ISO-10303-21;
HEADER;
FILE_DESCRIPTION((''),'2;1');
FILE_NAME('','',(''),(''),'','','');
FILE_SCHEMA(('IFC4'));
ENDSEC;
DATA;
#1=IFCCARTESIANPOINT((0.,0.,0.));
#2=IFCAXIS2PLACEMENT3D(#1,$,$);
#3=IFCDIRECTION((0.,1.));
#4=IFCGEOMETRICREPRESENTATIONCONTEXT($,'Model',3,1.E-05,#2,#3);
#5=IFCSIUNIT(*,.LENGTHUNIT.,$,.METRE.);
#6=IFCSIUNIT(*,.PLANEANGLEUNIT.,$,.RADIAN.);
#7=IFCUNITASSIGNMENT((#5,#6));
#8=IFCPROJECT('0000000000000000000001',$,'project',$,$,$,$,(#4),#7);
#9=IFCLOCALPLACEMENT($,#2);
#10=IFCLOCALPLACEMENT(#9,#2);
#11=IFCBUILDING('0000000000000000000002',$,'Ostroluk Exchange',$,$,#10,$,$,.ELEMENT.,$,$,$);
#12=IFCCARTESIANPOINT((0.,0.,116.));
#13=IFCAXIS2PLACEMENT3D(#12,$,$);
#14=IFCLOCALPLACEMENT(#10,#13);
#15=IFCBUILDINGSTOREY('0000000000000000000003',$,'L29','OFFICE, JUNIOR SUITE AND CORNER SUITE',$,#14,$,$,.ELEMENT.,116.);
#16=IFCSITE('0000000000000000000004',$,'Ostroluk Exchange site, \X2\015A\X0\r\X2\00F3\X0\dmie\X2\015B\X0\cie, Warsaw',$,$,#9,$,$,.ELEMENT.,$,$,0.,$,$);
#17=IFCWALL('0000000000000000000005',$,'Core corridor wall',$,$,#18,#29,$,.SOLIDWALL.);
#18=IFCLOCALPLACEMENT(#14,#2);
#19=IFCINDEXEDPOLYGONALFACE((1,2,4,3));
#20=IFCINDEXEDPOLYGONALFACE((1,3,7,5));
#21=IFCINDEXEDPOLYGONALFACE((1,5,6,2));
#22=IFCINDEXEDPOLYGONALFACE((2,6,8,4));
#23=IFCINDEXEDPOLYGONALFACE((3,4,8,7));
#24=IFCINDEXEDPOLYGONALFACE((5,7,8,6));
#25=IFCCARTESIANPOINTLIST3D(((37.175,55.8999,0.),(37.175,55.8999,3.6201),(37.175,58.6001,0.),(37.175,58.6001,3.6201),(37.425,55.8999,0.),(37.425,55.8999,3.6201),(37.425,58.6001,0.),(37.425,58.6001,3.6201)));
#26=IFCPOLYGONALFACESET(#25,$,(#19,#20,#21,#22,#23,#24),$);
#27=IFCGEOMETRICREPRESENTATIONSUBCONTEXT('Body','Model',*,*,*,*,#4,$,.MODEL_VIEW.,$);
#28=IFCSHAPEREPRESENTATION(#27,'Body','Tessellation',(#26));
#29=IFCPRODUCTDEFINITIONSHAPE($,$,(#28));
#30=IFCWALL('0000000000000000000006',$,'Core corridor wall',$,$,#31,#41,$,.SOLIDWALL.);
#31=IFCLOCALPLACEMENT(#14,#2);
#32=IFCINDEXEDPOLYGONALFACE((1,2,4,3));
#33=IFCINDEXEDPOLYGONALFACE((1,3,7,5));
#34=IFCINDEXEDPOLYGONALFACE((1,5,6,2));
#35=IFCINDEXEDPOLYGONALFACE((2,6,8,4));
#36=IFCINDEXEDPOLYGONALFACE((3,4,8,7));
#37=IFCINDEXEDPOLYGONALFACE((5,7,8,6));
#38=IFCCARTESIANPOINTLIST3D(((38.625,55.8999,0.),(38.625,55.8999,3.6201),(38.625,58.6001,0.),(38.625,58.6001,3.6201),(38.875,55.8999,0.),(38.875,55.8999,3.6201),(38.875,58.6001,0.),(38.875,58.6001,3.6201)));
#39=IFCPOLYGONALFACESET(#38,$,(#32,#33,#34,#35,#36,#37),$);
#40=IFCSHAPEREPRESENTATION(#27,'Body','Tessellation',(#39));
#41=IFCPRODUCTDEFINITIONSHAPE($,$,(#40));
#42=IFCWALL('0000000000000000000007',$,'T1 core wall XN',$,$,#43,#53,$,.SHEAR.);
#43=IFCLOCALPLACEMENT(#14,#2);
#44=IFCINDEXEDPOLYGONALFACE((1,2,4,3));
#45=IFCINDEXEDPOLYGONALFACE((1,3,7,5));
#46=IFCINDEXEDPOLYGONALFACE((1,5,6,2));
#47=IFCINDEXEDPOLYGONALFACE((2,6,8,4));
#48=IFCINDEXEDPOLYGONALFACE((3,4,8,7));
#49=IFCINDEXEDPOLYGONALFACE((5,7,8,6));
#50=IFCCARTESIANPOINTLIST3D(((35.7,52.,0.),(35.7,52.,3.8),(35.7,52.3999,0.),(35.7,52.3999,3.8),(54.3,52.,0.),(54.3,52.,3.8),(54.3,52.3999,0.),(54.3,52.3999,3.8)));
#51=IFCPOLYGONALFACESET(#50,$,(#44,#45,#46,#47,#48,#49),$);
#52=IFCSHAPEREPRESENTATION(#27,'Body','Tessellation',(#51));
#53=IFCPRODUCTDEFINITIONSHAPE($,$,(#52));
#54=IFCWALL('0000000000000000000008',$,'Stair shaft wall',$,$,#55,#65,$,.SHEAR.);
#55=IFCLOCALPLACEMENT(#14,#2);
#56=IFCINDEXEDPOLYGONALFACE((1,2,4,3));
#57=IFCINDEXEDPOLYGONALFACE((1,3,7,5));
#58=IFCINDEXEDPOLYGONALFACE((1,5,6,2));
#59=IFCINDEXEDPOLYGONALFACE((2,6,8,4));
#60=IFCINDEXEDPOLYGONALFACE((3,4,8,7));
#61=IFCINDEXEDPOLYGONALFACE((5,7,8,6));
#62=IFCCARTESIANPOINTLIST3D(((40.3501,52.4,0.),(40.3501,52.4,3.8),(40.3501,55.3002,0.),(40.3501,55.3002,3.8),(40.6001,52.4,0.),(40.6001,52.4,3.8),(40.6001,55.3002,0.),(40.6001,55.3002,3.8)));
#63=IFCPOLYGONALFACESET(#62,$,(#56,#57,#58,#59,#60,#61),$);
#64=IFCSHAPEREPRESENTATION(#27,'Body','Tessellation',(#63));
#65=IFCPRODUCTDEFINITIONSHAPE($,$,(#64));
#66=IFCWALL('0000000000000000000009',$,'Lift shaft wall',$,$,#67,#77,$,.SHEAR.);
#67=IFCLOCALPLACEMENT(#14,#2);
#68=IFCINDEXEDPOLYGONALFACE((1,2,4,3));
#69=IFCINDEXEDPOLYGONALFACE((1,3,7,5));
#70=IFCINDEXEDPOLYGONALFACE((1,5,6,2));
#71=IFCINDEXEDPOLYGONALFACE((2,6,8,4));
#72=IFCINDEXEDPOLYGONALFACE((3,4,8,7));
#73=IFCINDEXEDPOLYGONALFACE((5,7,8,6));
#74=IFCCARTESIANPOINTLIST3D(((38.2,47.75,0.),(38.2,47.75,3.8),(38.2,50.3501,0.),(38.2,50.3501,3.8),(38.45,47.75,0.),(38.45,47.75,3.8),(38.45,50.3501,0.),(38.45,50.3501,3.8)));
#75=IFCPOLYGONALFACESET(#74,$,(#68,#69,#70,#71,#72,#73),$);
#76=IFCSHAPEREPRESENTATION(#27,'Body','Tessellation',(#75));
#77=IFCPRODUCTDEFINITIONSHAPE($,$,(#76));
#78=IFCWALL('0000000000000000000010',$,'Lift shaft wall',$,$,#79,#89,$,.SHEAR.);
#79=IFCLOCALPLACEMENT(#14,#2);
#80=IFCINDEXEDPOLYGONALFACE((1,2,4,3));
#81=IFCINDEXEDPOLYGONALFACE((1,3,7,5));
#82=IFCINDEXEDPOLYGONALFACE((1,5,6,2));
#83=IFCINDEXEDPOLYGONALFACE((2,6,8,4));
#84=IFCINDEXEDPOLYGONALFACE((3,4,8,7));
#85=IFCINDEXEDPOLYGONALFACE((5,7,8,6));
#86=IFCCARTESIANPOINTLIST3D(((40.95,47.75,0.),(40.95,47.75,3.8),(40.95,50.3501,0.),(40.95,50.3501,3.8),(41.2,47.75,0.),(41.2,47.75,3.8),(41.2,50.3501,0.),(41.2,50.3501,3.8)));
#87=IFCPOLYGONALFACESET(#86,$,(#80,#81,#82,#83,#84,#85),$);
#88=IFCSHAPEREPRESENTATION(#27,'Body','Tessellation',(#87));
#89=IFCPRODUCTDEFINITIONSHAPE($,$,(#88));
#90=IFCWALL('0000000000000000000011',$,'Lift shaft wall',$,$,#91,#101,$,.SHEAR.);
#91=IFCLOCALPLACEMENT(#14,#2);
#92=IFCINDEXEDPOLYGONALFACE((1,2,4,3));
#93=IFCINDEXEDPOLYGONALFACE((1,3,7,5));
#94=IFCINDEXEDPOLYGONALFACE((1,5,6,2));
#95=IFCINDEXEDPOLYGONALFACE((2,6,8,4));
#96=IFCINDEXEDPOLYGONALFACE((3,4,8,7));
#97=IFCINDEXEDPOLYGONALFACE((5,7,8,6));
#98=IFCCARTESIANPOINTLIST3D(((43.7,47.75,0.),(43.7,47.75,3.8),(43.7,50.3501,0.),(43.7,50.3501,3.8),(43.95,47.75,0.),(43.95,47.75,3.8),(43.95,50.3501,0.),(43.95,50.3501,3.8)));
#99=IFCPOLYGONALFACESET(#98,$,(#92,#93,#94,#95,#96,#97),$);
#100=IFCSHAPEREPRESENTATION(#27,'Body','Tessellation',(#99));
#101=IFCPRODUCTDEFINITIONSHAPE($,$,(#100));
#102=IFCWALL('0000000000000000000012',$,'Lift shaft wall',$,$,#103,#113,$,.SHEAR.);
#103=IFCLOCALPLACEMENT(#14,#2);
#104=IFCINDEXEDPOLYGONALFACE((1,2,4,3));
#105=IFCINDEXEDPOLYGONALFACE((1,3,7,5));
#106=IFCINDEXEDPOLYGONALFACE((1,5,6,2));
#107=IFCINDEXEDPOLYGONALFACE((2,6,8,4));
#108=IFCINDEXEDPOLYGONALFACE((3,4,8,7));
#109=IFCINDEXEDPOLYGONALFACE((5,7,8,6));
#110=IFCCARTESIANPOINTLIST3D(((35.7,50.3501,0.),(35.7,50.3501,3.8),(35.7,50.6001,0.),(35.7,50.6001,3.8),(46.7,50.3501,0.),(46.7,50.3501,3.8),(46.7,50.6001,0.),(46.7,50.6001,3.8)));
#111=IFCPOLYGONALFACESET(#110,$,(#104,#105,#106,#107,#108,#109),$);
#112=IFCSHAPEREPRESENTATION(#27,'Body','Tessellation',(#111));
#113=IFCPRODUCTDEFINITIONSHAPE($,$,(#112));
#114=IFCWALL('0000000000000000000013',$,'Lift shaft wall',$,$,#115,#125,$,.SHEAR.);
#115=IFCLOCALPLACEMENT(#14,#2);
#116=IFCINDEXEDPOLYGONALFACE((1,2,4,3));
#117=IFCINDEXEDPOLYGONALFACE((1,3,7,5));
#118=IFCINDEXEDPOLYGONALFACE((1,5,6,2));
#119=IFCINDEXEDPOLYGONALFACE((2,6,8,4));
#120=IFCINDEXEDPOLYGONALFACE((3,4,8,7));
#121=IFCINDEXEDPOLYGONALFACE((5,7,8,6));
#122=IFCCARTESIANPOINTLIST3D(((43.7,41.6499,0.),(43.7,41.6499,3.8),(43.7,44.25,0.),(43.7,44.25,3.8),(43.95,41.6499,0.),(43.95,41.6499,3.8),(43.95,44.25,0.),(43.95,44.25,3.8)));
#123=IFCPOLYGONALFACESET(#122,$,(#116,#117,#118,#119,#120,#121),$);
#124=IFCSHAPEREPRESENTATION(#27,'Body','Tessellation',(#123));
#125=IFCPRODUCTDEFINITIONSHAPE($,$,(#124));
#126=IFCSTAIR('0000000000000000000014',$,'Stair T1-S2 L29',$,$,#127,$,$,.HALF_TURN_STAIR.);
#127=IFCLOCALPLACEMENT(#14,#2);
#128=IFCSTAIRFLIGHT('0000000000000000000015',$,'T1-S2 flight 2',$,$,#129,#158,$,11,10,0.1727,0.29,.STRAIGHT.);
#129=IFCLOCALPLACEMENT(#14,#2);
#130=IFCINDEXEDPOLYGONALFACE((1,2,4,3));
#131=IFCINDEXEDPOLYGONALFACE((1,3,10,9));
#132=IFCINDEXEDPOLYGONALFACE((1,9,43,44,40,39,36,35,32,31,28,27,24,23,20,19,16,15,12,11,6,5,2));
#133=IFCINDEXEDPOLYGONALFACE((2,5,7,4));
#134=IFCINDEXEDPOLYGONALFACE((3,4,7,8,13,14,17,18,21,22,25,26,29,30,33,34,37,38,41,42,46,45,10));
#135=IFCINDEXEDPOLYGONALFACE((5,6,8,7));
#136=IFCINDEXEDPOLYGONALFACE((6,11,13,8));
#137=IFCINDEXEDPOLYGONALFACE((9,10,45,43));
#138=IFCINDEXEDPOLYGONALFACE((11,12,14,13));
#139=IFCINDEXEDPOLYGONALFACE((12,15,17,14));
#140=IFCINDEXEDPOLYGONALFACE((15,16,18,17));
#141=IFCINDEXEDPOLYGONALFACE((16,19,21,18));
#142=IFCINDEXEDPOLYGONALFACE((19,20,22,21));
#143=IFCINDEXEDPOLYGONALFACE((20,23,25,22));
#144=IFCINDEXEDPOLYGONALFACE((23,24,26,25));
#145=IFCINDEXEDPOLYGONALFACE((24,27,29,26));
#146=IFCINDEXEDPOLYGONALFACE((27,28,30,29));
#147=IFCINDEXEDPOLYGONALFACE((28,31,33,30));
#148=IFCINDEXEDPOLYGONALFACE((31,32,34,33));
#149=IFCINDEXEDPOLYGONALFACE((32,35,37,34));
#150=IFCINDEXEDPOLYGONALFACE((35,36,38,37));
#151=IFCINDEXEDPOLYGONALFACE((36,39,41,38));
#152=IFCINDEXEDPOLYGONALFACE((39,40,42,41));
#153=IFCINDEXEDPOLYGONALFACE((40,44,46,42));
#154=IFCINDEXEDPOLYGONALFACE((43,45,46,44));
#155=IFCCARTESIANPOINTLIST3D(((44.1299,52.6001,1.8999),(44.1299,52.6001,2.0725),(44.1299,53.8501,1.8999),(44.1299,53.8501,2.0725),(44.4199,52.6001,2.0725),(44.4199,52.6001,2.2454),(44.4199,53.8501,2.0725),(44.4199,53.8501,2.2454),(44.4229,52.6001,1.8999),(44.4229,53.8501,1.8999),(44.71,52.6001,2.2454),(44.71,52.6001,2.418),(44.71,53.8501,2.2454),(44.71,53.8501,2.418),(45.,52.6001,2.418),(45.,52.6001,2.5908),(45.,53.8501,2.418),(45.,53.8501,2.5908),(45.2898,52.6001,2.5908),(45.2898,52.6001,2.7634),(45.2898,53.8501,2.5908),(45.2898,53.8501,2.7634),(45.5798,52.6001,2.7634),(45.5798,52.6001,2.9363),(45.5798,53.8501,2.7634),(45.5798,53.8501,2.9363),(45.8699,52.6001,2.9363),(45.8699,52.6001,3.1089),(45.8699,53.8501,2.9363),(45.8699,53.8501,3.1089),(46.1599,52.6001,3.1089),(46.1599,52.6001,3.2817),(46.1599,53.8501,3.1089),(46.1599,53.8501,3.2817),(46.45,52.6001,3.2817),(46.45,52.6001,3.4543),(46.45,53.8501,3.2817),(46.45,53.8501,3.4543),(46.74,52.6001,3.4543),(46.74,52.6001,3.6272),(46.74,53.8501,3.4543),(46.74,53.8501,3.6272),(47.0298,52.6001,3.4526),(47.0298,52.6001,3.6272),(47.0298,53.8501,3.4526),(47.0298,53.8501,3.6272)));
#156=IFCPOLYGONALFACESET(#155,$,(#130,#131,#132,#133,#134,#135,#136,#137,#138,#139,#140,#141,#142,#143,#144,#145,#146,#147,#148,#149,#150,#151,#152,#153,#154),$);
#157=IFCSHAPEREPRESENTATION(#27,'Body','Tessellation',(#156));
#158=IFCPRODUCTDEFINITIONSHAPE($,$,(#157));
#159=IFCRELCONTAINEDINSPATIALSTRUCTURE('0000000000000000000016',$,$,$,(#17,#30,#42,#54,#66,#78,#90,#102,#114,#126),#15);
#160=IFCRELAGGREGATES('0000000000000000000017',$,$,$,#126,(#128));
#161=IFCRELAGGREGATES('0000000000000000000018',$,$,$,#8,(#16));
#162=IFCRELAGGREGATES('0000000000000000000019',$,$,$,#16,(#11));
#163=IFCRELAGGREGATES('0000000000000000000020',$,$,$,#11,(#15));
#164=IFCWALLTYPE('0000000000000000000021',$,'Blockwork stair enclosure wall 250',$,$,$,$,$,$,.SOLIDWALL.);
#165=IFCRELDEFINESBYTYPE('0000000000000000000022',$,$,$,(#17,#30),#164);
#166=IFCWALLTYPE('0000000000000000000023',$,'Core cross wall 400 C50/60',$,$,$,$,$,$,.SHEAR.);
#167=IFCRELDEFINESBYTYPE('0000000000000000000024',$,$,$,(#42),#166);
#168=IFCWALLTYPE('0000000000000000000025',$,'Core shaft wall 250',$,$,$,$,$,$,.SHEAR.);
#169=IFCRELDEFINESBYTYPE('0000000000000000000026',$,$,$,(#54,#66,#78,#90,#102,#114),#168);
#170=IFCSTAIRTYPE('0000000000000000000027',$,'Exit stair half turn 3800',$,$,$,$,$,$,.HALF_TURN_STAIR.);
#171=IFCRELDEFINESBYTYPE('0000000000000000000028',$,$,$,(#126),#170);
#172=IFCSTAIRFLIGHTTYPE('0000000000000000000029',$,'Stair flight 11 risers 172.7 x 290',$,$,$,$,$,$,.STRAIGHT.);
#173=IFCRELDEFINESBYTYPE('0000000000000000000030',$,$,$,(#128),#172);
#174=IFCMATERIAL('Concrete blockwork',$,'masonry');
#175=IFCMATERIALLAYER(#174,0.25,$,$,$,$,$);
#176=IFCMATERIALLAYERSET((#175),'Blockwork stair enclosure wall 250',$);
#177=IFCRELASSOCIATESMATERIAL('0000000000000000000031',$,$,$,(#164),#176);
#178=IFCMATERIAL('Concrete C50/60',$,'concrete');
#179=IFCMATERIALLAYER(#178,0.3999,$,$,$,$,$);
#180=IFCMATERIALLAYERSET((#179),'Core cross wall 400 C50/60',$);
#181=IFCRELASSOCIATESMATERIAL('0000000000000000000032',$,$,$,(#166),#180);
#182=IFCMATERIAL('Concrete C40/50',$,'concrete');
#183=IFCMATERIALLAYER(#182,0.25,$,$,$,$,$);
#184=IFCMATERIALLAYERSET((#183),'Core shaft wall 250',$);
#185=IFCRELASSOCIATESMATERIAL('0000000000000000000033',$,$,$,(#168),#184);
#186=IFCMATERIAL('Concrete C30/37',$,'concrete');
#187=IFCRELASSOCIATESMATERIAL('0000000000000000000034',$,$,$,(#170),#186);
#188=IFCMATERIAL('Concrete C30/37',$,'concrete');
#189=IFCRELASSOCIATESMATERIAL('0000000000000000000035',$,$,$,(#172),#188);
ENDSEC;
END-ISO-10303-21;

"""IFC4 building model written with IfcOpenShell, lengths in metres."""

from ifc_helpers import new_model, si_unit, direction, frame, frame_2d, origin, place, context, subcontext, project, spatial, polyline, rectangle, outline, extrude, material, layer, layer_set, type_object, element, aggregate, save


model = new_model("IFC4")

# Units and contexts
model_context = context("Model", 3, precision=1e-05, world=origin(), true_north=direction((0.0, 1.0)))
body_context = subcontext(model_context, "Body", "Model", "MODEL_VIEW")
ifc_project = project(units=[si_unit("LENGTHUNIT", "METRE"), si_unit("PLANEANGLEUNIT", "RADIAN")], contexts=[model_context])

# Site, building, storey
site_placement = place(None, origin())
site = spatial("IfcSite", under=ifc_project, at=site_placement, Name="Ostroluk Exchange site, Śródmieście, Warsaw", CompositionType="ELEMENT", RefElevation=0.0)
building_placement = place(site_placement, origin())
building = spatial("IfcBuilding", under=site, at=building_placement, Name="Ostroluk Exchange", CompositionType="ELEMENT")
storey_placement = place(building_placement, frame((0.0, 0.0, 116.0)))
storey = spatial("IfcBuildingStorey", under=building, at=storey_placement, Name="L29", Description="OFFICE, JUNIOR SUITE AND CORNER SUITE", CompositionType="ELEMENT", Elevation=116.0)

# Walls
ifc_material_1 = material(Name="Concrete blockwork", Category="masonry")
ifc_layer_1 = layer(ifc_material_1, 0.25)
ifc_layer_set_1 = layer_set([ifc_layer_1], Name="Blockwork stair enclosure wall 250")
wall_type_1 = type_object("IfcWallType", Name="Blockwork stair enclosure wall 250", PredefinedType="SOLIDWALL", material=ifc_layer_set_1)
for number, where, z_axis, x_axis, name in (
    (1, (37.3, 55.8999, 0.0), (0.0, 0.0, 1.0), (0.0, 1.0, 0.0), "Core corridor wall"),
    (2, (38.75, 55.8999, 0.0), (0.0, 0.0, 1.0), (0.0, 1.0, 0.0), "Core corridor wall"),
):
    element("IfcWall", number, at=place(storey_placement, frame(where, z_axis=z_axis, x_axis=x_axis)), inside=storey, type_object=wall_type_1, Name=name, PredefinedType="SOLIDWALL", context=body_context, shape_type="SweptSolid", body=[
        extrude(rectangle(XDim=2.7002, YDim=0.25, at=frame_2d((1.3501, 0.0))), origin(), (0.0, 0.0, 1.0), 3.6201),
    ])
ifc_material_2 = material(Name="Concrete C50/60", Category="concrete")
ifc_layer_2 = layer(ifc_material_2, 0.3999)
ifc_layer_set_2 = layer_set([ifc_layer_2], Name="Core cross wall 400 C50/60")
wall_type_2 = type_object("IfcWallType", Name="Core cross wall 400 C50/60", PredefinedType="SHEAR", material=ifc_layer_set_2)
wall_1_placement = place(storey_placement, frame((35.7, 52.2, 0.0), z_axis=(0.0, 0.0, 1.0), x_axis=(1.0, 0.0, 0.0)))
element("IfcWall", 3, at=wall_1_placement, inside=storey, type_object=wall_type_2, Name="T1 core wall XN", PredefinedType="SHEAR", context=body_context, shape_type="SweptSolid", body=[
    extrude(rectangle(XDim=18.6001, YDim=0.3999, at=frame_2d((9.3, 0.0))), origin(), (0.0, 0.0, 1.0), 3.8),
])
ifc_material_3 = material(Name="Concrete C40/50", Category="concrete")
ifc_layer_3 = layer(ifc_material_3, 0.25)
ifc_layer_set_3 = layer_set([ifc_layer_3], Name="Core shaft wall 250")
wall_type_3 = type_object("IfcWallType", Name="Core shaft wall 250", PredefinedType="SHEAR", material=ifc_layer_set_3)
wall_2_placement = place(storey_placement, frame((40.4751, 52.3999, 0.0), z_axis=(0.0, 0.0, 1.0), x_axis=(0.0, 1.0, 0.0)))
element("IfcWall", 4, at=wall_2_placement, inside=storey, type_object=wall_type_3, Name="Stair shaft wall", PredefinedType="SHEAR", context=body_context, shape_type="SweptSolid", body=[
    extrude(rectangle(XDim=2.9001, YDim=0.25, at=frame_2d((1.4502, 0.0))), origin(), (0.0, 0.0, 1.0), 3.8),
])
for number, where, z_axis, x_axis, name in (
    (5, (38.325, 47.75, 0.0), (0.0, 0.0, 1.0), (0.0, 1.0, 0.0), "Lift shaft wall"),
    (6, (41.075, 47.75, 0.0), (0.0, 0.0, 1.0), (0.0, 1.0, 0.0), "Lift shaft wall"),
    (7, (43.825, 47.75, 0.0), (0.0, 0.0, 1.0), (0.0, 1.0, 0.0), "Lift shaft wall"),
):
    element("IfcWall", number, at=place(storey_placement, frame(where, z_axis=z_axis, x_axis=x_axis)), inside=storey, type_object=wall_type_3, Name=name, PredefinedType="SHEAR", context=body_context, shape_type="SweptSolid", body=[
        extrude(rectangle(XDim=2.6001, YDim=0.25, at=frame_2d((1.3, 0.0))), origin(), (0.0, 0.0, 1.0), 3.8),
    ])
wall_3_placement = place(storey_placement, frame((35.7, 50.4751, 0.0), z_axis=(0.0, 0.0, 1.0), x_axis=(1.0, 0.0, 0.0)))
element("IfcWall", 8, at=wall_3_placement, inside=storey, type_object=wall_type_3, Name="Lift shaft wall", PredefinedType="SHEAR", context=body_context, shape_type="SweptSolid", body=[
    extrude(rectangle(XDim=11.0, YDim=0.25, at=frame_2d((5.5, 0.0))), origin(), (0.0, 0.0, 1.0), 3.8),
])
wall_4_placement = place(storey_placement, frame((43.825, 44.25, 0.0), z_axis=(0.0, 0.0, 1.0), x_axis=(0.0, -1.0, 0.0)))
element("IfcWall", 9, at=wall_4_placement, inside=storey, type_object=wall_type_3, Name="Lift shaft wall", PredefinedType="SHEAR", context=body_context, shape_type="SweptSolid", body=[
    extrude(rectangle(XDim=2.6001, YDim=0.25, at=frame_2d((1.3, 0.0))), origin(), (0.0, 0.0, 1.0), 3.8),
])

# Stair, stair flight
ifc_material_4 = material(Name="Concrete C30/37", Category="concrete")
stair_type = type_object("IfcStairType", Name="Exit stair half turn 3800", PredefinedType="HALF_TURN_STAIR", material=ifc_material_4)
stair_placement = place(storey_placement, origin())
stair = element("IfcStair", 10, at=stair_placement, inside=storey, type_object=stair_type, Name="Stair T1-S2 L29", PredefinedType="HALF_TURN_STAIR")
ifc_material_5 = material(Name="Concrete C30/37", Category="concrete")
stair_flight_type = type_object("IfcStairFlightType", Name="Stair flight 11 risers 172.7 x 290", PredefinedType="STRAIGHT", material=ifc_material_5)
stair_flight_placement = place(storey_placement, frame((44.1299, 53.2251, 1.8999), z_axis=(0.0, 0.0, 1.0), x_axis=(1.0, 0.0, 0.0)))
stair_flight = element("IfcStairFlight", 11, at=stair_flight_placement, type_object=stair_flight_type, Name="T1-S2 flight 2", NumberOfRisers=11, NumberOfTreads=10, PredefinedType="STRAIGHT", RiserHeight=0.1727, TreadLength=0.29, context=body_context, shape_type="SweptSolid", body=[
    extrude(outline(polyline([(0.0, 0.0), (0.0, 0.1726), (0.29, 0.1726), (0.29, 0.3455), (0.5801, 0.3455), (0.5801, 0.5181), (0.8701, 0.5181), (0.8701, 0.6909), (1.1599, 0.6909), (1.1599, 0.8635), (1.45, 0.8635), (1.45, 1.0364), (1.74, 1.0364), (1.74, 1.209), (2.03, 1.209), (2.03, 1.3818), (2.3201, 1.3818), (2.3201, 1.5544), (2.6101, 1.5544), (2.6101, 1.7273), (2.8999, 1.7273), (2.8999, 1.8999), (2.8999, 1.5527), (0.293, 0.0), (0.0, 0.0)])), frame((0.0, 0.625, 0.0), z_axis=(0.0, -1.0, 0.0), x_axis=(1.0, 0.0, 0.0)), (0.0, 0.0, 1.0), 1.25),
])
aggregate(stair, [stair_flight])

save(model, "model.ifc")
